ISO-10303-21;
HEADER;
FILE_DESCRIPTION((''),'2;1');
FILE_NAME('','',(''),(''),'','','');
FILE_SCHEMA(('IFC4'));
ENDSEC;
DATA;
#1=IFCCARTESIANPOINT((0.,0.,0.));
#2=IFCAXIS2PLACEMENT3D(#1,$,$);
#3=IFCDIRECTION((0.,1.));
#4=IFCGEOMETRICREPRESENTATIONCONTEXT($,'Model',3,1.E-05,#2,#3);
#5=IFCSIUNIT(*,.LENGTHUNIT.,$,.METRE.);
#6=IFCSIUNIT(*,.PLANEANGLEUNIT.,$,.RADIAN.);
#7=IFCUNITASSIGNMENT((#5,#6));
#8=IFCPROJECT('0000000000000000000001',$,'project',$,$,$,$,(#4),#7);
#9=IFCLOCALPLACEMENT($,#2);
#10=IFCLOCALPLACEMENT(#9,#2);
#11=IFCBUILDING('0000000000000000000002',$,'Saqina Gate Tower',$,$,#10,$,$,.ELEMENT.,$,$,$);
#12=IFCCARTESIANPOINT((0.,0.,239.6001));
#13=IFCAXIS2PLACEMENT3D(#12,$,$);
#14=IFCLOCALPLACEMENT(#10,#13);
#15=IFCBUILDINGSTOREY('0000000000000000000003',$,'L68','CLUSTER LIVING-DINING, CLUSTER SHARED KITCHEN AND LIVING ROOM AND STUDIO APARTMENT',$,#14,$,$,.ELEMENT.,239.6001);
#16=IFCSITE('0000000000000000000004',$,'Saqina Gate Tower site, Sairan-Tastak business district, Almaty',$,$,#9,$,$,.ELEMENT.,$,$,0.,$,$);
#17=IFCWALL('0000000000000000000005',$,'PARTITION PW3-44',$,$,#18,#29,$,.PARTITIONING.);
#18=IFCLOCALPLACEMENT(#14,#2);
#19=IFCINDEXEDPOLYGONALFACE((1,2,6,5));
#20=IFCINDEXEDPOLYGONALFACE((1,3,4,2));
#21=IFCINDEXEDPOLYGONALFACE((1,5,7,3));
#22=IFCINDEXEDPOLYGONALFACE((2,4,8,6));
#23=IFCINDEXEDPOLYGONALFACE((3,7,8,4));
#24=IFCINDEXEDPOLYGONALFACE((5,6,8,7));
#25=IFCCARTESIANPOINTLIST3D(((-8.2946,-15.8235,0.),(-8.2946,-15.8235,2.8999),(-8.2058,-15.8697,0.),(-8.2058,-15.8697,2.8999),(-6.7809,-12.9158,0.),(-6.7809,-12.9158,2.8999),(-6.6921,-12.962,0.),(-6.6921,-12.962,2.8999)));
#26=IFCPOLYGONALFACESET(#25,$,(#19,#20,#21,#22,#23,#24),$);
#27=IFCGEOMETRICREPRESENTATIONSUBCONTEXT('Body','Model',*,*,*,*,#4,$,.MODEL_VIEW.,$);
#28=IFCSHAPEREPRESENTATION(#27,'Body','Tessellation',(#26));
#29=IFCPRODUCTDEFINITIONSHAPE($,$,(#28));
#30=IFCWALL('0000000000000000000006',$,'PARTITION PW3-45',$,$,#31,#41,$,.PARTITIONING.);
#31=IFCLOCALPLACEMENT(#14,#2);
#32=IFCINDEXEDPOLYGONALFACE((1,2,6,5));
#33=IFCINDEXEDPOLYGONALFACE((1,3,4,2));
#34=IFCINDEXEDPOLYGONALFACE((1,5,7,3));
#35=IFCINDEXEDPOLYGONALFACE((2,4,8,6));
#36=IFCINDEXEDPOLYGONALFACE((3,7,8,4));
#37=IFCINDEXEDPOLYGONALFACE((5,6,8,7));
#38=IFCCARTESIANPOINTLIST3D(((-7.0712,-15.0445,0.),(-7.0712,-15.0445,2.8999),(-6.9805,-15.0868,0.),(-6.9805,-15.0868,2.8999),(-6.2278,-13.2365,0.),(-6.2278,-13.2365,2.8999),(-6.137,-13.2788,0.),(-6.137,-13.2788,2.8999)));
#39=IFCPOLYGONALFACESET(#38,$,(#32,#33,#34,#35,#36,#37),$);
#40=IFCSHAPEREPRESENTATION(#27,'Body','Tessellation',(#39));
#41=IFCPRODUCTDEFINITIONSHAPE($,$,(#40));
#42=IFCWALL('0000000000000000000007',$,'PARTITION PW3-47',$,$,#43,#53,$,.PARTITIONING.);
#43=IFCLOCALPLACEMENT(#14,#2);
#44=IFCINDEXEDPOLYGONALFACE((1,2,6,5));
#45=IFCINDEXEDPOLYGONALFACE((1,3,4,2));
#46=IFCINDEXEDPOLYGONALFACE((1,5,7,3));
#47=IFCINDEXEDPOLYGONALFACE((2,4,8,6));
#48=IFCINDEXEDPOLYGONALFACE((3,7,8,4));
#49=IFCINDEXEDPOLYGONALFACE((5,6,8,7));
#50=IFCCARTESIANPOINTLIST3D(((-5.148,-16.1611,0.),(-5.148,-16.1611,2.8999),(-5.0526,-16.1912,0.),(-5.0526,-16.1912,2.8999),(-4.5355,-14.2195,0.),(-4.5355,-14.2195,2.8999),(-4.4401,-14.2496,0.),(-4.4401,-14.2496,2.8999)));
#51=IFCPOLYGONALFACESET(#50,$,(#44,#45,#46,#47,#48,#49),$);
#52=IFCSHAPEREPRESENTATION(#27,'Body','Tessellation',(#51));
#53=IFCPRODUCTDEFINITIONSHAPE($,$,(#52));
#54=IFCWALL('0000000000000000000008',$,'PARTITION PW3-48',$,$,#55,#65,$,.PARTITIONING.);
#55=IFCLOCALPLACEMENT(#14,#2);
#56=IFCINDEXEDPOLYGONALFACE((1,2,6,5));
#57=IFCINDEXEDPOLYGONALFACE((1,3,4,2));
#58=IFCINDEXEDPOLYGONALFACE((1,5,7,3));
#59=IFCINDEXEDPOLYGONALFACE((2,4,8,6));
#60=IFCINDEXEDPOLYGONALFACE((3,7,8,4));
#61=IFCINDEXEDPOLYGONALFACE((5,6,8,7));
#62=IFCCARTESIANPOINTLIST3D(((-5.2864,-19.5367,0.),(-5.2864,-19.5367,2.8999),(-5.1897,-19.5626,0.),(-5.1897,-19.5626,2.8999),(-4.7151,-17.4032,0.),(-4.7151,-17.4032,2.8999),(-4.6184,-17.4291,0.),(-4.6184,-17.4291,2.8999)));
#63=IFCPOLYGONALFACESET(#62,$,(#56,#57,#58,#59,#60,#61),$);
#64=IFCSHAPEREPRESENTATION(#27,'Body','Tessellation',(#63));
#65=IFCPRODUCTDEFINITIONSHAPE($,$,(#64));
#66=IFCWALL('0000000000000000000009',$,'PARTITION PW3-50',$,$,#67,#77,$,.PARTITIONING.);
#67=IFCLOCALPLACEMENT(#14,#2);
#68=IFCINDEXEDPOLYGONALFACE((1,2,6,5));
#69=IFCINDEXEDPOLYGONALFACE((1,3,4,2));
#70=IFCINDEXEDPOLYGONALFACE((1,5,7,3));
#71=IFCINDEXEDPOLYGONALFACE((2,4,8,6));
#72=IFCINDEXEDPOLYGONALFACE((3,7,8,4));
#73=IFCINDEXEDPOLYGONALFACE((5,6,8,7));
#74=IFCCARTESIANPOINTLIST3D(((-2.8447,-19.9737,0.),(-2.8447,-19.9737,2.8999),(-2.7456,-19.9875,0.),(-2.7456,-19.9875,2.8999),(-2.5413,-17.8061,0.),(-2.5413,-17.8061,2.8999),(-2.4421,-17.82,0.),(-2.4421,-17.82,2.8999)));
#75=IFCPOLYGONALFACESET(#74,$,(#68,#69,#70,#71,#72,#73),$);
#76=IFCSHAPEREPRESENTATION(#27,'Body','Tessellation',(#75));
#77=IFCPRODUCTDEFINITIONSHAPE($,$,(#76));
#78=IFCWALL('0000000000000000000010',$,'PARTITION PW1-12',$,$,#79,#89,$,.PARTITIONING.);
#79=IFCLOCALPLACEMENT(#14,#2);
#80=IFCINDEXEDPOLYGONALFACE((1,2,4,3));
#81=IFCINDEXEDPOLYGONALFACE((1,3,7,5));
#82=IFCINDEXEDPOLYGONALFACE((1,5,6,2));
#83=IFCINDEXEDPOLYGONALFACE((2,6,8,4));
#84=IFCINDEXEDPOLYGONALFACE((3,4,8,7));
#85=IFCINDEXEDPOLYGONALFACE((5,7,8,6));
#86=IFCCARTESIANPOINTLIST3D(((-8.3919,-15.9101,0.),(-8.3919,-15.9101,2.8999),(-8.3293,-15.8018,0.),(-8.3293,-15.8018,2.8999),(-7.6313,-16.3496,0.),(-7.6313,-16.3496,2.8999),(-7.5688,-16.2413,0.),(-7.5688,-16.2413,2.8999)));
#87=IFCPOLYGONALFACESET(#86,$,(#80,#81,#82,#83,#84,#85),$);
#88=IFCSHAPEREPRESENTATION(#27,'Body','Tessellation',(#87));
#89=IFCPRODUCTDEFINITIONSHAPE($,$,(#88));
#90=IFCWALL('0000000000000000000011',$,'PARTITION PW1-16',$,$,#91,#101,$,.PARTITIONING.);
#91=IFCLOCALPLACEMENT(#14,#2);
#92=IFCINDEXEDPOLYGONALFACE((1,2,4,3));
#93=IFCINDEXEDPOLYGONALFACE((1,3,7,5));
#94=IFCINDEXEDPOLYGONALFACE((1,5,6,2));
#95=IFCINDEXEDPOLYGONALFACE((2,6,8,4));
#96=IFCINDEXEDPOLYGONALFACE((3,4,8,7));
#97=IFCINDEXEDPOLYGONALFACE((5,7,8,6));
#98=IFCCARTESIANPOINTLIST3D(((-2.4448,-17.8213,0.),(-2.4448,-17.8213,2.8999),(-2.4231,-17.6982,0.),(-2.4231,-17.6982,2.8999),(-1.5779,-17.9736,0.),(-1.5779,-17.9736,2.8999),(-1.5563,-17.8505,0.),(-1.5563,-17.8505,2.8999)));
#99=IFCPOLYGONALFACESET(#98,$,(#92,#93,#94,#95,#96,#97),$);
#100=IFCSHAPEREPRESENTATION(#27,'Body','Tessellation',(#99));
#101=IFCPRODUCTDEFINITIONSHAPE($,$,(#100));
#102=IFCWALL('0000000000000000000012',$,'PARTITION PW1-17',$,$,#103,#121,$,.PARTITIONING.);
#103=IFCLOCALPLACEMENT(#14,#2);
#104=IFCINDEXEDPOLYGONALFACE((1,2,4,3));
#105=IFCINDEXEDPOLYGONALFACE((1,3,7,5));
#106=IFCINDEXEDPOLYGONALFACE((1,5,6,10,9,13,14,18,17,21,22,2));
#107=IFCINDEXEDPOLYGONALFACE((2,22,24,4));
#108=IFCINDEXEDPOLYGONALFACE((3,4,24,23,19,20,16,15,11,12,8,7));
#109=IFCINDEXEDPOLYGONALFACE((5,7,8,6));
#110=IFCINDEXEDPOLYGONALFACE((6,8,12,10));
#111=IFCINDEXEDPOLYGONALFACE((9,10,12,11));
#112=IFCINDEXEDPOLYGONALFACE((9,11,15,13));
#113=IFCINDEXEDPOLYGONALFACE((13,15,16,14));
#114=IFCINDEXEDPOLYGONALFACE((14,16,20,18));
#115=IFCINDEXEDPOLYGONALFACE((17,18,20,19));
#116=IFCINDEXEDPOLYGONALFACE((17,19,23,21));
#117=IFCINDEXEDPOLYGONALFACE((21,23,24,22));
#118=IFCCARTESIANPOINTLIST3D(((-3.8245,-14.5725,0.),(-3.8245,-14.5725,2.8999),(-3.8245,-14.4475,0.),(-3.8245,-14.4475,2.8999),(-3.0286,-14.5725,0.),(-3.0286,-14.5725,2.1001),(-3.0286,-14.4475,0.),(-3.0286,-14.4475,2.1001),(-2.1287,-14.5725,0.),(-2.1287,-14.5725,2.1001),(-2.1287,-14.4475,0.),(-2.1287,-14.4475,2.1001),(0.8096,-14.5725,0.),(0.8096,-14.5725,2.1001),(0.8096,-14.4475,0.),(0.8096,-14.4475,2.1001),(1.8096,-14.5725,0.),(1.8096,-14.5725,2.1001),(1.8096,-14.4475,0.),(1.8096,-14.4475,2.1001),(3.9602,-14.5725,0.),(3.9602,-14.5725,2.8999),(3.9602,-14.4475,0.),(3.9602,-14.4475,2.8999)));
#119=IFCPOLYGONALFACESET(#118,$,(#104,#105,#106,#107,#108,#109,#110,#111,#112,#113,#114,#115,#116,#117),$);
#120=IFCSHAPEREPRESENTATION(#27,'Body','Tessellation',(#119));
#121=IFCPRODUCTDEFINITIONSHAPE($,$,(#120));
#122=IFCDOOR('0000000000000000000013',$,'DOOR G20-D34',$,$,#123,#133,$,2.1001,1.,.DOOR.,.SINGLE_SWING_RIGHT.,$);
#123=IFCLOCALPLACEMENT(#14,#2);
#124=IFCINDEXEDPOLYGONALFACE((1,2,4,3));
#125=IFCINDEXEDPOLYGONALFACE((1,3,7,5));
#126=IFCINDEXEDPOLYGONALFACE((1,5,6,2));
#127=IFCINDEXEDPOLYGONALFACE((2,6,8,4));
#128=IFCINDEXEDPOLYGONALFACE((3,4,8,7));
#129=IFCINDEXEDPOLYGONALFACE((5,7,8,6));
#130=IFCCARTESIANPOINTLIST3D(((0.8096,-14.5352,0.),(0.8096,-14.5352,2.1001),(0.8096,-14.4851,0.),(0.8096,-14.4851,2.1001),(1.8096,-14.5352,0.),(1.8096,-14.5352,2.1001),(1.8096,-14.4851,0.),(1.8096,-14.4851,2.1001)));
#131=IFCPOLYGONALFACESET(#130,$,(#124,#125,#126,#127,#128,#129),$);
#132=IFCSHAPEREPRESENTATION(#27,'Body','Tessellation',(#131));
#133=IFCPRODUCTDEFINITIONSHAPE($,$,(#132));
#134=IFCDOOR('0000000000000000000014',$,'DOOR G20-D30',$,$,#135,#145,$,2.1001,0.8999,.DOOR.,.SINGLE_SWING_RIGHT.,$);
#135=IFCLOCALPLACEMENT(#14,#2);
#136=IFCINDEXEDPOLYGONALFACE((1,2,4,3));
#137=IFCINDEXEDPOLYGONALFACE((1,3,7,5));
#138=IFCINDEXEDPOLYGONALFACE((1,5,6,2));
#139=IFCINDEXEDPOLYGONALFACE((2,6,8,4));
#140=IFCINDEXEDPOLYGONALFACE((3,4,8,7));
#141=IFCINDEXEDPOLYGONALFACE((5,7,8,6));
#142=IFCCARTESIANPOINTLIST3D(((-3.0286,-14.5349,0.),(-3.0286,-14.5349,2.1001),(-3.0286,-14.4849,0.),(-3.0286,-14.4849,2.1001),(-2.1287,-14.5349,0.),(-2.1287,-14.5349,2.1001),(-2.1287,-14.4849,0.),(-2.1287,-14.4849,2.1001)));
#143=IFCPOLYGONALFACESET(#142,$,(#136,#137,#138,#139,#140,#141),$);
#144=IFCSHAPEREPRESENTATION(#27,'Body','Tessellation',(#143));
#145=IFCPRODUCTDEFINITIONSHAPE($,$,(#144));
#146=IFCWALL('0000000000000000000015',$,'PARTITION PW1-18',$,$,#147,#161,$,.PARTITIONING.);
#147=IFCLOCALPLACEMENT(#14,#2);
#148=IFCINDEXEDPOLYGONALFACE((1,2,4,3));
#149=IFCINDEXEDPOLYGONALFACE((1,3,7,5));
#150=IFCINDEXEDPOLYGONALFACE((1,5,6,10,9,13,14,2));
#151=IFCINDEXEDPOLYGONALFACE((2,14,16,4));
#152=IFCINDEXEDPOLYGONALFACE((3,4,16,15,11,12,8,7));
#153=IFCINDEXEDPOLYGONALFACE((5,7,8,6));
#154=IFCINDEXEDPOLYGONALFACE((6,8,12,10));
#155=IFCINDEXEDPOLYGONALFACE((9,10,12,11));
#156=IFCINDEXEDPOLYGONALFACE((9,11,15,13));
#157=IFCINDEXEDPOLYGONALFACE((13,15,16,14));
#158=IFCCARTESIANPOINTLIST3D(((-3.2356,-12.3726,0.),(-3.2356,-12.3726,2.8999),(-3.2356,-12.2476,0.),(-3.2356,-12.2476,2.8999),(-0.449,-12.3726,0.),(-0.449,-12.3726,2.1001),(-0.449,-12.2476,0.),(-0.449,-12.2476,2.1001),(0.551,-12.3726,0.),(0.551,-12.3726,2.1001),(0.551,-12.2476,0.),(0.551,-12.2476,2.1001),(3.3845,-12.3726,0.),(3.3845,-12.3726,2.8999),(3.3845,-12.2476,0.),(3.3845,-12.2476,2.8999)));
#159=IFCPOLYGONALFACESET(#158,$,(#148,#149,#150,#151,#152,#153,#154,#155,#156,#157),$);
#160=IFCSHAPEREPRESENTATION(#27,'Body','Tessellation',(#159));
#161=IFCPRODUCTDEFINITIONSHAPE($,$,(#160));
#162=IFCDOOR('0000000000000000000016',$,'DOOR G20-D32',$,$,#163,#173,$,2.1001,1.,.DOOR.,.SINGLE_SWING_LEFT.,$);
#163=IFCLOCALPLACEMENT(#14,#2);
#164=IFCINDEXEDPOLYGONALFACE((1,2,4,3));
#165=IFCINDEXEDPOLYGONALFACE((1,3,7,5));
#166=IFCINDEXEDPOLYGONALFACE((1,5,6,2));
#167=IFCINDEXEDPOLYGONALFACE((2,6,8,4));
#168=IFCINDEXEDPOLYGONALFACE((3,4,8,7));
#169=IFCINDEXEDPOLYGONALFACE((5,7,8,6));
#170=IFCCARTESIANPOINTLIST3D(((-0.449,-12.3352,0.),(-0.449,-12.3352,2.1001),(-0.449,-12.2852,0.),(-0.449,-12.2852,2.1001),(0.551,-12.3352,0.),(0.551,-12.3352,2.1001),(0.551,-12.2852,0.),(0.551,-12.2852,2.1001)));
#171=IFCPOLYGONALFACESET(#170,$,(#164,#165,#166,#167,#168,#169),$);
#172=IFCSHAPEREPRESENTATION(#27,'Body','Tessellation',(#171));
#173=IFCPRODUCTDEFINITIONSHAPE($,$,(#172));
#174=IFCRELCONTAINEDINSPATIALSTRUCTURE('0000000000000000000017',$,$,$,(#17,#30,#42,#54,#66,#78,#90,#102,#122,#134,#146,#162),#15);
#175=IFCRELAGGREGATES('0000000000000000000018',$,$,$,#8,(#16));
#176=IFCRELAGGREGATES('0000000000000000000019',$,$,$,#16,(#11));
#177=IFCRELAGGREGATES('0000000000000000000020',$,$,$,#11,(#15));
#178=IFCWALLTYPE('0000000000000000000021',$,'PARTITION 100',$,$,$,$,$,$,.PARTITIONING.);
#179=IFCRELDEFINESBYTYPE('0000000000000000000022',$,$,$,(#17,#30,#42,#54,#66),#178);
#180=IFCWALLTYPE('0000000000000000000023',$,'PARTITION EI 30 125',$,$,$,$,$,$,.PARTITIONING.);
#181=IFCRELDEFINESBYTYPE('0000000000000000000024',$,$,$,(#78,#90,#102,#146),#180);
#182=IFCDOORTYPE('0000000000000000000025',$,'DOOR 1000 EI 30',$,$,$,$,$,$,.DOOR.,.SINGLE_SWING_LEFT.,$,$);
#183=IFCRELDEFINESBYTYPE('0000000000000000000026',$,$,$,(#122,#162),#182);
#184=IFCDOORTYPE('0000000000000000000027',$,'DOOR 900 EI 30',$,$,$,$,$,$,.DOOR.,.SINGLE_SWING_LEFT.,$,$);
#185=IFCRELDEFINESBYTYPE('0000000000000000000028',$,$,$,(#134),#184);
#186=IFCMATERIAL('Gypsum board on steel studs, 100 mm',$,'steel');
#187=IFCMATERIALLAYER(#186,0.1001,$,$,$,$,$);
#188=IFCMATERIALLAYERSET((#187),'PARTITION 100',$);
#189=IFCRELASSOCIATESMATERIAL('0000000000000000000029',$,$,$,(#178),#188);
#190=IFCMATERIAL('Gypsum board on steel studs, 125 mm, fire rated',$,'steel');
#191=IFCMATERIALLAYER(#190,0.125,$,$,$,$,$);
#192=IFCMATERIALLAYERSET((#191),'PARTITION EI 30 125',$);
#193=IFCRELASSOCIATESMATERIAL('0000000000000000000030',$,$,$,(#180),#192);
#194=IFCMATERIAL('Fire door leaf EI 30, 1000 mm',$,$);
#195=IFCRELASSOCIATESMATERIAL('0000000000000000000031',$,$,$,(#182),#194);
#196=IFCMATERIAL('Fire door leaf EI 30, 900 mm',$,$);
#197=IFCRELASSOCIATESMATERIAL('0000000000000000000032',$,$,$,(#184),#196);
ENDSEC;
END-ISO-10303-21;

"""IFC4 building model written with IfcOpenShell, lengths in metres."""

from ifc_helpers import new_model, si_unit, direction, frame, frame_2d, origin, place, context, subcontext, project, spatial, rectangle, extrude, material, layer, layer_set, type_object, element, fill, save


model = new_model("IFC4")

# Units and contexts
model_context = context("Model", 3, precision=1e-05, world=origin(), true_north=direction((0.0, 1.0)))
body_context = subcontext(model_context, "Body", "Model", "MODEL_VIEW")
ifc_project = project(units=[si_unit("LENGTHUNIT", "METRE"), si_unit("PLANEANGLEUNIT", "RADIAN")], contexts=[model_context])

# Site, building, storey
site_placement = place(None, origin())
site = spatial("IfcSite", under=ifc_project, at=site_placement, Name="Saqina Gate Tower site, Sairan-Tastak business district, Almaty", CompositionType="ELEMENT", RefElevation=0.0)
building_placement = place(site_placement, origin())
building = spatial("IfcBuilding", under=site, at=building_placement, Name="Saqina Gate Tower", CompositionType="ELEMENT")
storey_placement = place(building_placement, frame((0.0, 0.0, 239.6001)))
storey = spatial("IfcBuildingStorey", under=building, at=storey_placement, Name="L68", Description="CLUSTER LIVING-DINING, CLUSTER SHARED KITCHEN AND LIVING ROOM AND STUDIO APARTMENT", CompositionType="ELEMENT", Elevation=239.6001)

# Shared definitions
ifc_material_1 = material(Name="Gypsum board on steel studs, 100 mm", Category="steel")
ifc_layer_1 = layer(ifc_material_1, 0.1001)
ifc_layer_set_1 = layer_set([ifc_layer_1], Name="PARTITION 100")
wall_type_1 = type_object("IfcWallType", Name="PARTITION 100", PredefinedType="PARTITIONING", material=ifc_layer_set_1)

# Walls
wall_1_placement = place(storey_placement, frame((-8.2502, -15.8467, 0.0), z_axis=(0.0, 0.0, 1.0), x_axis=(0.461751, 0.887009, 0.0)))
element("IfcWall", 1, at=wall_1_placement, inside=storey, type_object=wall_type_1, Name="PARTITION PW3-44", PredefinedType="PARTITIONING", context=body_context, shape_type="SweptSolid", body=[
    extrude(rectangle(XDim=3.2781, YDim=0.1001, at=frame_2d((1.6392, 0.0))), origin(), (0.0, 0.0, 1.0), 2.8999),
])
wall_2_placement = place(storey_placement, frame((-7.0259, -15.0657, 0.0), z_axis=(0.0, 0.0, 1.0), x_axis=(0.422772, 0.906236, 0.0)))
element("IfcWall", 2, at=wall_2_placement, inside=storey, type_object=wall_type_1, Name="PARTITION PW3-45", PredefinedType="PARTITIONING", context=body_context, shape_type="SweptSolid", body=[
    extrude(rectangle(XDim=1.9951, YDim=0.1001, at=frame_2d((0.9976, 0.0))), origin(), (0.0, 0.0, 1.0), 2.8999),
])
wall_3_placement = place(storey_placement, frame((-5.1003, -16.1763, 0.0), z_axis=(0.0, 0.0, 1.0), x_axis=(0.300862, 0.953668, 0.0)))
element("IfcWall", 3, at=wall_3_placement, inside=storey, type_object=wall_type_1, Name="PARTITION PW3-47", PredefinedType="PARTITIONING", context=body_context, shape_type="SweptSolid", body=[
    extrude(rectangle(XDim=2.0359, YDim=0.1001, at=frame_2d((1.0181, 0.0))), origin(), (0.0, 0.0, 1.0), 2.8999),
])
wall_4_placement = place(storey_placement, frame((-5.238, -19.5498, 0.0), z_axis=(0.0, 0.0, 1.0), x_axis=(0.258653, 0.96597, 0.0)))
element("IfcWall", 4, at=wall_4_placement, inside=storey, type_object=wall_type_1, Name="PARTITION PW3-48", PredefinedType="PARTITIONING", context=body_context, shape_type="SweptSolid", body=[
    extrude(rectangle(XDim=2.2087, YDim=0.1001, at=frame_2d((1.1045, 0.0))), origin(), (0.0, 0.0, 1.0), 2.8999),
])
wall_5_placement = place(storey_placement, frame((-2.7952, -19.9805, 0.0), z_axis=(0.0, 0.0, 1.0), x_axis=(0.138657, 0.990341, 0.0)))
element("IfcWall", 5, at=wall_5_placement, inside=storey, type_object=wall_type_1, Name="PARTITION PW3-50", PredefinedType="PARTITIONING", context=body_context, shape_type="SweptSolid", body=[
    extrude(rectangle(XDim=2.1887, YDim=0.1001, at=frame_2d((1.0942, 0.0))), origin(), (0.0, 0.0, 1.0), 2.8999),
])
ifc_material_2 = material(Name="Gypsum board on steel studs, 125 mm, fire rated", Category="steel")
ifc_layer_2 = layer(ifc_material_2, 0.125)
ifc_layer_set_2 = layer_set([ifc_layer_2], Name="PARTITION EI 30 125")
wall_type_2 = type_object("IfcWallType", Name="PARTITION EI 30 125", PredefinedType="PARTITIONING", material=ifc_layer_set_2)
wall_6_placement = place(storey_placement, frame((-8.3606, -15.856, 0.0), z_axis=(0.0, 0.0, 1.0), x_axis=(0.865838, -0.500324, 0.0)))
element("IfcWall", 6, at=wall_6_placement, inside=storey, type_object=wall_type_2, Name="PARTITION PW1-12", PredefinedType="PARTITIONING", context=body_context, shape_type="SweptSolid", body=[
    extrude(rectangle(XDim=0.8784, YDim=0.125, at=frame_2d((0.4392, 0.0))), origin(), (0.0, 0.0, 1.0), 2.8999),
])
wall_7_placement = place(storey_placement, frame((-2.4338, -17.7598, 0.0), z_axis=(0.0, 0.0, 1.0), x_axis=(0.984909, -0.173073, 0.0)))
element("IfcWall", 7, at=wall_7_placement, inside=storey, type_object=wall_type_2, Name="PARTITION PW1-16", PredefinedType="PARTITIONING", context=body_context, shape_type="SweptSolid", body=[
    extrude(rectangle(XDim=0.8801, YDim=0.125, at=frame_2d((0.4399, 0.0))), origin(), (0.0, 0.0, 1.0), 2.8999),
])

# Wall, openings, doors
wall_8_placement = place(storey_placement, frame((-3.8245, -14.51, 0.0), z_axis=(0.0, 0.0, 1.0), x_axis=(1.0, 0.0, 0.0)))
wall_8 = element("IfcWall", 8, at=wall_8_placement, inside=storey, type_object=wall_type_2, Name="PARTITION PW1-17", PredefinedType="PARTITIONING", context=body_context, shape_type="SweptSolid", body=[
    extrude(rectangle(XDim=7.7847, YDim=0.125, at=frame_2d((3.8923, 0.0))), origin(), (0.0, 0.0, 1.0), 2.8999),
])
opening_1_placement = place(wall_8_placement, frame((0.7959, 0.0, 0.0)))
opening_1 = element("IfcOpeningElement", 9, at=opening_1_placement, cuts=wall_8, PredefinedType="OPENING", context=body_context, shape_type="SweptSolid", body=[
    extrude(rectangle(XDim=0.8999, YDim=2.1001, at=frame_2d((0.45, 1.05))), frame((0.0, 0.0745, 0.0), z_axis=(0.0, -1.0, 0.0), x_axis=(1.0, 0.0, 0.0)), (0.0, 0.0, 1.0), 0.1489),
])
opening_2_placement = place(wall_8_placement, frame((4.634, 0.0, 0.0)))
opening_2 = element("IfcOpeningElement", 10, at=opening_2_placement, cuts=wall_8, PredefinedType="OPENING", context=body_context, shape_type="SweptSolid", body=[
    extrude(rectangle(XDim=1.0, YDim=2.1001, at=frame_2d((0.5, 1.05))), frame((0.0, 0.0745, 0.0), z_axis=(0.0, -1.0, 0.0), x_axis=(1.0, 0.0, 0.0)), (0.0, 0.0, 1.0), 0.1489),
])
ifc_material_3 = material(Name="Fire door leaf EI 30, 1000 mm")
door_type_1 = type_object("IfcDoorType", Name="DOOR 1000 EI 30", OperationType="SINGLE_SWING_LEFT", PredefinedType="DOOR", material=ifc_material_3)
door_1_placement = place(opening_2_placement, origin())
door_1 = element("IfcDoor", 11, at=door_1_placement, inside=storey, type_object=door_type_1, Name="DOOR G20-D34", OperationType="SINGLE_SWING_RIGHT", OverallHeight=2.1001, OverallWidth=1.0, PredefinedType="DOOR", context=body_context, shape_type="SweptSolid", body=[
    extrude(rectangle(XDim=1.0, YDim=2.1001, at=frame_2d((0.5, 1.05))), frame((0.0, 0.0249, 0.0), z_axis=(0.0, -1.0, 0.0), x_axis=(1.0, 0.0, 0.0)), (0.0, 0.0, 1.0), 0.05),
])
fill(opening_2, door_1)
ifc_material_4 = material(Name="Fire door leaf EI 30, 900 mm")
door_type_2 = type_object("IfcDoorType", Name="DOOR 900 EI 30", OperationType="SINGLE_SWING_LEFT", PredefinedType="DOOR", material=ifc_material_4)
door_2_placement = place(opening_1_placement, frame((0.8999, 0.0, 0.0), z_axis=(0.0, 0.0, 1.0), x_axis=(-1.0, 0.0, 0.0)))
door_2 = element("IfcDoor", 12, at=door_2_placement, inside=storey, type_object=door_type_2, Name="DOOR G20-D30", OperationType="SINGLE_SWING_RIGHT", OverallHeight=2.1001, OverallWidth=0.8999, PredefinedType="DOOR", context=body_context, shape_type="SweptSolid", body=[
    extrude(rectangle(XDim=0.8999, YDim=2.1001, at=frame_2d((0.45, 1.05))), frame((0.0, 0.0249, 0.0), z_axis=(0.0, -1.0, 0.0), x_axis=(1.0, 0.0, 0.0)), (0.0, 0.0, 1.0), 0.05),
])
fill(opening_1, door_2)

# Wall, opening, door
wall_9_placement = place(storey_placement, frame((-3.2356, -12.3101, 0.0), z_axis=(0.0, 0.0, 1.0), x_axis=(1.0, 0.0, 0.0)))
wall_9 = element("IfcWall", 13, at=wall_9_placement, inside=storey, type_object=wall_type_2, Name="PARTITION PW1-18", PredefinedType="PARTITIONING", context=body_context, shape_type="SweptSolid", body=[
    extrude(rectangle(XDim=6.6201, YDim=0.125, at=frame_2d((3.3101, 0.0))), origin(), (0.0, 0.0, 1.0), 2.8999),
])
opening_3_placement = place(wall_9_placement, frame((2.7866, 0.0, 0.0)))
opening_3 = element("IfcOpeningElement", 14, at=opening_3_placement, cuts=wall_9, PredefinedType="OPENING", context=body_context, shape_type="SweptSolid", body=[
    extrude(rectangle(XDim=1.0, YDim=2.1001, at=frame_2d((0.5, 1.05))), frame((0.0, 0.0745, 0.0), z_axis=(0.0, -1.0, 0.0), x_axis=(1.0, 0.0, 0.0)), (0.0, 0.0, 1.0), 0.1489),
])
door_3_placement = place(opening_3_placement, origin())
door_3 = element("IfcDoor", 15, at=door_3_placement, inside=storey, type_object=door_type_1, Name="DOOR G20-D32", OperationType="SINGLE_SWING_LEFT", OverallHeight=2.1001, OverallWidth=1.0, PredefinedType="DOOR", context=body_context, shape_type="SweptSolid", body=[
    extrude(rectangle(XDim=1.0, YDim=2.1001, at=frame_2d((0.5, 1.05))), frame((0.0, 0.0249, 0.0), z_axis=(0.0, -1.0, 0.0), x_axis=(1.0, 0.0, 0.0)), (0.0, 0.0, 1.0), 0.05),
])
fill(opening_3, door_3)

save(model, "model.ifc")
